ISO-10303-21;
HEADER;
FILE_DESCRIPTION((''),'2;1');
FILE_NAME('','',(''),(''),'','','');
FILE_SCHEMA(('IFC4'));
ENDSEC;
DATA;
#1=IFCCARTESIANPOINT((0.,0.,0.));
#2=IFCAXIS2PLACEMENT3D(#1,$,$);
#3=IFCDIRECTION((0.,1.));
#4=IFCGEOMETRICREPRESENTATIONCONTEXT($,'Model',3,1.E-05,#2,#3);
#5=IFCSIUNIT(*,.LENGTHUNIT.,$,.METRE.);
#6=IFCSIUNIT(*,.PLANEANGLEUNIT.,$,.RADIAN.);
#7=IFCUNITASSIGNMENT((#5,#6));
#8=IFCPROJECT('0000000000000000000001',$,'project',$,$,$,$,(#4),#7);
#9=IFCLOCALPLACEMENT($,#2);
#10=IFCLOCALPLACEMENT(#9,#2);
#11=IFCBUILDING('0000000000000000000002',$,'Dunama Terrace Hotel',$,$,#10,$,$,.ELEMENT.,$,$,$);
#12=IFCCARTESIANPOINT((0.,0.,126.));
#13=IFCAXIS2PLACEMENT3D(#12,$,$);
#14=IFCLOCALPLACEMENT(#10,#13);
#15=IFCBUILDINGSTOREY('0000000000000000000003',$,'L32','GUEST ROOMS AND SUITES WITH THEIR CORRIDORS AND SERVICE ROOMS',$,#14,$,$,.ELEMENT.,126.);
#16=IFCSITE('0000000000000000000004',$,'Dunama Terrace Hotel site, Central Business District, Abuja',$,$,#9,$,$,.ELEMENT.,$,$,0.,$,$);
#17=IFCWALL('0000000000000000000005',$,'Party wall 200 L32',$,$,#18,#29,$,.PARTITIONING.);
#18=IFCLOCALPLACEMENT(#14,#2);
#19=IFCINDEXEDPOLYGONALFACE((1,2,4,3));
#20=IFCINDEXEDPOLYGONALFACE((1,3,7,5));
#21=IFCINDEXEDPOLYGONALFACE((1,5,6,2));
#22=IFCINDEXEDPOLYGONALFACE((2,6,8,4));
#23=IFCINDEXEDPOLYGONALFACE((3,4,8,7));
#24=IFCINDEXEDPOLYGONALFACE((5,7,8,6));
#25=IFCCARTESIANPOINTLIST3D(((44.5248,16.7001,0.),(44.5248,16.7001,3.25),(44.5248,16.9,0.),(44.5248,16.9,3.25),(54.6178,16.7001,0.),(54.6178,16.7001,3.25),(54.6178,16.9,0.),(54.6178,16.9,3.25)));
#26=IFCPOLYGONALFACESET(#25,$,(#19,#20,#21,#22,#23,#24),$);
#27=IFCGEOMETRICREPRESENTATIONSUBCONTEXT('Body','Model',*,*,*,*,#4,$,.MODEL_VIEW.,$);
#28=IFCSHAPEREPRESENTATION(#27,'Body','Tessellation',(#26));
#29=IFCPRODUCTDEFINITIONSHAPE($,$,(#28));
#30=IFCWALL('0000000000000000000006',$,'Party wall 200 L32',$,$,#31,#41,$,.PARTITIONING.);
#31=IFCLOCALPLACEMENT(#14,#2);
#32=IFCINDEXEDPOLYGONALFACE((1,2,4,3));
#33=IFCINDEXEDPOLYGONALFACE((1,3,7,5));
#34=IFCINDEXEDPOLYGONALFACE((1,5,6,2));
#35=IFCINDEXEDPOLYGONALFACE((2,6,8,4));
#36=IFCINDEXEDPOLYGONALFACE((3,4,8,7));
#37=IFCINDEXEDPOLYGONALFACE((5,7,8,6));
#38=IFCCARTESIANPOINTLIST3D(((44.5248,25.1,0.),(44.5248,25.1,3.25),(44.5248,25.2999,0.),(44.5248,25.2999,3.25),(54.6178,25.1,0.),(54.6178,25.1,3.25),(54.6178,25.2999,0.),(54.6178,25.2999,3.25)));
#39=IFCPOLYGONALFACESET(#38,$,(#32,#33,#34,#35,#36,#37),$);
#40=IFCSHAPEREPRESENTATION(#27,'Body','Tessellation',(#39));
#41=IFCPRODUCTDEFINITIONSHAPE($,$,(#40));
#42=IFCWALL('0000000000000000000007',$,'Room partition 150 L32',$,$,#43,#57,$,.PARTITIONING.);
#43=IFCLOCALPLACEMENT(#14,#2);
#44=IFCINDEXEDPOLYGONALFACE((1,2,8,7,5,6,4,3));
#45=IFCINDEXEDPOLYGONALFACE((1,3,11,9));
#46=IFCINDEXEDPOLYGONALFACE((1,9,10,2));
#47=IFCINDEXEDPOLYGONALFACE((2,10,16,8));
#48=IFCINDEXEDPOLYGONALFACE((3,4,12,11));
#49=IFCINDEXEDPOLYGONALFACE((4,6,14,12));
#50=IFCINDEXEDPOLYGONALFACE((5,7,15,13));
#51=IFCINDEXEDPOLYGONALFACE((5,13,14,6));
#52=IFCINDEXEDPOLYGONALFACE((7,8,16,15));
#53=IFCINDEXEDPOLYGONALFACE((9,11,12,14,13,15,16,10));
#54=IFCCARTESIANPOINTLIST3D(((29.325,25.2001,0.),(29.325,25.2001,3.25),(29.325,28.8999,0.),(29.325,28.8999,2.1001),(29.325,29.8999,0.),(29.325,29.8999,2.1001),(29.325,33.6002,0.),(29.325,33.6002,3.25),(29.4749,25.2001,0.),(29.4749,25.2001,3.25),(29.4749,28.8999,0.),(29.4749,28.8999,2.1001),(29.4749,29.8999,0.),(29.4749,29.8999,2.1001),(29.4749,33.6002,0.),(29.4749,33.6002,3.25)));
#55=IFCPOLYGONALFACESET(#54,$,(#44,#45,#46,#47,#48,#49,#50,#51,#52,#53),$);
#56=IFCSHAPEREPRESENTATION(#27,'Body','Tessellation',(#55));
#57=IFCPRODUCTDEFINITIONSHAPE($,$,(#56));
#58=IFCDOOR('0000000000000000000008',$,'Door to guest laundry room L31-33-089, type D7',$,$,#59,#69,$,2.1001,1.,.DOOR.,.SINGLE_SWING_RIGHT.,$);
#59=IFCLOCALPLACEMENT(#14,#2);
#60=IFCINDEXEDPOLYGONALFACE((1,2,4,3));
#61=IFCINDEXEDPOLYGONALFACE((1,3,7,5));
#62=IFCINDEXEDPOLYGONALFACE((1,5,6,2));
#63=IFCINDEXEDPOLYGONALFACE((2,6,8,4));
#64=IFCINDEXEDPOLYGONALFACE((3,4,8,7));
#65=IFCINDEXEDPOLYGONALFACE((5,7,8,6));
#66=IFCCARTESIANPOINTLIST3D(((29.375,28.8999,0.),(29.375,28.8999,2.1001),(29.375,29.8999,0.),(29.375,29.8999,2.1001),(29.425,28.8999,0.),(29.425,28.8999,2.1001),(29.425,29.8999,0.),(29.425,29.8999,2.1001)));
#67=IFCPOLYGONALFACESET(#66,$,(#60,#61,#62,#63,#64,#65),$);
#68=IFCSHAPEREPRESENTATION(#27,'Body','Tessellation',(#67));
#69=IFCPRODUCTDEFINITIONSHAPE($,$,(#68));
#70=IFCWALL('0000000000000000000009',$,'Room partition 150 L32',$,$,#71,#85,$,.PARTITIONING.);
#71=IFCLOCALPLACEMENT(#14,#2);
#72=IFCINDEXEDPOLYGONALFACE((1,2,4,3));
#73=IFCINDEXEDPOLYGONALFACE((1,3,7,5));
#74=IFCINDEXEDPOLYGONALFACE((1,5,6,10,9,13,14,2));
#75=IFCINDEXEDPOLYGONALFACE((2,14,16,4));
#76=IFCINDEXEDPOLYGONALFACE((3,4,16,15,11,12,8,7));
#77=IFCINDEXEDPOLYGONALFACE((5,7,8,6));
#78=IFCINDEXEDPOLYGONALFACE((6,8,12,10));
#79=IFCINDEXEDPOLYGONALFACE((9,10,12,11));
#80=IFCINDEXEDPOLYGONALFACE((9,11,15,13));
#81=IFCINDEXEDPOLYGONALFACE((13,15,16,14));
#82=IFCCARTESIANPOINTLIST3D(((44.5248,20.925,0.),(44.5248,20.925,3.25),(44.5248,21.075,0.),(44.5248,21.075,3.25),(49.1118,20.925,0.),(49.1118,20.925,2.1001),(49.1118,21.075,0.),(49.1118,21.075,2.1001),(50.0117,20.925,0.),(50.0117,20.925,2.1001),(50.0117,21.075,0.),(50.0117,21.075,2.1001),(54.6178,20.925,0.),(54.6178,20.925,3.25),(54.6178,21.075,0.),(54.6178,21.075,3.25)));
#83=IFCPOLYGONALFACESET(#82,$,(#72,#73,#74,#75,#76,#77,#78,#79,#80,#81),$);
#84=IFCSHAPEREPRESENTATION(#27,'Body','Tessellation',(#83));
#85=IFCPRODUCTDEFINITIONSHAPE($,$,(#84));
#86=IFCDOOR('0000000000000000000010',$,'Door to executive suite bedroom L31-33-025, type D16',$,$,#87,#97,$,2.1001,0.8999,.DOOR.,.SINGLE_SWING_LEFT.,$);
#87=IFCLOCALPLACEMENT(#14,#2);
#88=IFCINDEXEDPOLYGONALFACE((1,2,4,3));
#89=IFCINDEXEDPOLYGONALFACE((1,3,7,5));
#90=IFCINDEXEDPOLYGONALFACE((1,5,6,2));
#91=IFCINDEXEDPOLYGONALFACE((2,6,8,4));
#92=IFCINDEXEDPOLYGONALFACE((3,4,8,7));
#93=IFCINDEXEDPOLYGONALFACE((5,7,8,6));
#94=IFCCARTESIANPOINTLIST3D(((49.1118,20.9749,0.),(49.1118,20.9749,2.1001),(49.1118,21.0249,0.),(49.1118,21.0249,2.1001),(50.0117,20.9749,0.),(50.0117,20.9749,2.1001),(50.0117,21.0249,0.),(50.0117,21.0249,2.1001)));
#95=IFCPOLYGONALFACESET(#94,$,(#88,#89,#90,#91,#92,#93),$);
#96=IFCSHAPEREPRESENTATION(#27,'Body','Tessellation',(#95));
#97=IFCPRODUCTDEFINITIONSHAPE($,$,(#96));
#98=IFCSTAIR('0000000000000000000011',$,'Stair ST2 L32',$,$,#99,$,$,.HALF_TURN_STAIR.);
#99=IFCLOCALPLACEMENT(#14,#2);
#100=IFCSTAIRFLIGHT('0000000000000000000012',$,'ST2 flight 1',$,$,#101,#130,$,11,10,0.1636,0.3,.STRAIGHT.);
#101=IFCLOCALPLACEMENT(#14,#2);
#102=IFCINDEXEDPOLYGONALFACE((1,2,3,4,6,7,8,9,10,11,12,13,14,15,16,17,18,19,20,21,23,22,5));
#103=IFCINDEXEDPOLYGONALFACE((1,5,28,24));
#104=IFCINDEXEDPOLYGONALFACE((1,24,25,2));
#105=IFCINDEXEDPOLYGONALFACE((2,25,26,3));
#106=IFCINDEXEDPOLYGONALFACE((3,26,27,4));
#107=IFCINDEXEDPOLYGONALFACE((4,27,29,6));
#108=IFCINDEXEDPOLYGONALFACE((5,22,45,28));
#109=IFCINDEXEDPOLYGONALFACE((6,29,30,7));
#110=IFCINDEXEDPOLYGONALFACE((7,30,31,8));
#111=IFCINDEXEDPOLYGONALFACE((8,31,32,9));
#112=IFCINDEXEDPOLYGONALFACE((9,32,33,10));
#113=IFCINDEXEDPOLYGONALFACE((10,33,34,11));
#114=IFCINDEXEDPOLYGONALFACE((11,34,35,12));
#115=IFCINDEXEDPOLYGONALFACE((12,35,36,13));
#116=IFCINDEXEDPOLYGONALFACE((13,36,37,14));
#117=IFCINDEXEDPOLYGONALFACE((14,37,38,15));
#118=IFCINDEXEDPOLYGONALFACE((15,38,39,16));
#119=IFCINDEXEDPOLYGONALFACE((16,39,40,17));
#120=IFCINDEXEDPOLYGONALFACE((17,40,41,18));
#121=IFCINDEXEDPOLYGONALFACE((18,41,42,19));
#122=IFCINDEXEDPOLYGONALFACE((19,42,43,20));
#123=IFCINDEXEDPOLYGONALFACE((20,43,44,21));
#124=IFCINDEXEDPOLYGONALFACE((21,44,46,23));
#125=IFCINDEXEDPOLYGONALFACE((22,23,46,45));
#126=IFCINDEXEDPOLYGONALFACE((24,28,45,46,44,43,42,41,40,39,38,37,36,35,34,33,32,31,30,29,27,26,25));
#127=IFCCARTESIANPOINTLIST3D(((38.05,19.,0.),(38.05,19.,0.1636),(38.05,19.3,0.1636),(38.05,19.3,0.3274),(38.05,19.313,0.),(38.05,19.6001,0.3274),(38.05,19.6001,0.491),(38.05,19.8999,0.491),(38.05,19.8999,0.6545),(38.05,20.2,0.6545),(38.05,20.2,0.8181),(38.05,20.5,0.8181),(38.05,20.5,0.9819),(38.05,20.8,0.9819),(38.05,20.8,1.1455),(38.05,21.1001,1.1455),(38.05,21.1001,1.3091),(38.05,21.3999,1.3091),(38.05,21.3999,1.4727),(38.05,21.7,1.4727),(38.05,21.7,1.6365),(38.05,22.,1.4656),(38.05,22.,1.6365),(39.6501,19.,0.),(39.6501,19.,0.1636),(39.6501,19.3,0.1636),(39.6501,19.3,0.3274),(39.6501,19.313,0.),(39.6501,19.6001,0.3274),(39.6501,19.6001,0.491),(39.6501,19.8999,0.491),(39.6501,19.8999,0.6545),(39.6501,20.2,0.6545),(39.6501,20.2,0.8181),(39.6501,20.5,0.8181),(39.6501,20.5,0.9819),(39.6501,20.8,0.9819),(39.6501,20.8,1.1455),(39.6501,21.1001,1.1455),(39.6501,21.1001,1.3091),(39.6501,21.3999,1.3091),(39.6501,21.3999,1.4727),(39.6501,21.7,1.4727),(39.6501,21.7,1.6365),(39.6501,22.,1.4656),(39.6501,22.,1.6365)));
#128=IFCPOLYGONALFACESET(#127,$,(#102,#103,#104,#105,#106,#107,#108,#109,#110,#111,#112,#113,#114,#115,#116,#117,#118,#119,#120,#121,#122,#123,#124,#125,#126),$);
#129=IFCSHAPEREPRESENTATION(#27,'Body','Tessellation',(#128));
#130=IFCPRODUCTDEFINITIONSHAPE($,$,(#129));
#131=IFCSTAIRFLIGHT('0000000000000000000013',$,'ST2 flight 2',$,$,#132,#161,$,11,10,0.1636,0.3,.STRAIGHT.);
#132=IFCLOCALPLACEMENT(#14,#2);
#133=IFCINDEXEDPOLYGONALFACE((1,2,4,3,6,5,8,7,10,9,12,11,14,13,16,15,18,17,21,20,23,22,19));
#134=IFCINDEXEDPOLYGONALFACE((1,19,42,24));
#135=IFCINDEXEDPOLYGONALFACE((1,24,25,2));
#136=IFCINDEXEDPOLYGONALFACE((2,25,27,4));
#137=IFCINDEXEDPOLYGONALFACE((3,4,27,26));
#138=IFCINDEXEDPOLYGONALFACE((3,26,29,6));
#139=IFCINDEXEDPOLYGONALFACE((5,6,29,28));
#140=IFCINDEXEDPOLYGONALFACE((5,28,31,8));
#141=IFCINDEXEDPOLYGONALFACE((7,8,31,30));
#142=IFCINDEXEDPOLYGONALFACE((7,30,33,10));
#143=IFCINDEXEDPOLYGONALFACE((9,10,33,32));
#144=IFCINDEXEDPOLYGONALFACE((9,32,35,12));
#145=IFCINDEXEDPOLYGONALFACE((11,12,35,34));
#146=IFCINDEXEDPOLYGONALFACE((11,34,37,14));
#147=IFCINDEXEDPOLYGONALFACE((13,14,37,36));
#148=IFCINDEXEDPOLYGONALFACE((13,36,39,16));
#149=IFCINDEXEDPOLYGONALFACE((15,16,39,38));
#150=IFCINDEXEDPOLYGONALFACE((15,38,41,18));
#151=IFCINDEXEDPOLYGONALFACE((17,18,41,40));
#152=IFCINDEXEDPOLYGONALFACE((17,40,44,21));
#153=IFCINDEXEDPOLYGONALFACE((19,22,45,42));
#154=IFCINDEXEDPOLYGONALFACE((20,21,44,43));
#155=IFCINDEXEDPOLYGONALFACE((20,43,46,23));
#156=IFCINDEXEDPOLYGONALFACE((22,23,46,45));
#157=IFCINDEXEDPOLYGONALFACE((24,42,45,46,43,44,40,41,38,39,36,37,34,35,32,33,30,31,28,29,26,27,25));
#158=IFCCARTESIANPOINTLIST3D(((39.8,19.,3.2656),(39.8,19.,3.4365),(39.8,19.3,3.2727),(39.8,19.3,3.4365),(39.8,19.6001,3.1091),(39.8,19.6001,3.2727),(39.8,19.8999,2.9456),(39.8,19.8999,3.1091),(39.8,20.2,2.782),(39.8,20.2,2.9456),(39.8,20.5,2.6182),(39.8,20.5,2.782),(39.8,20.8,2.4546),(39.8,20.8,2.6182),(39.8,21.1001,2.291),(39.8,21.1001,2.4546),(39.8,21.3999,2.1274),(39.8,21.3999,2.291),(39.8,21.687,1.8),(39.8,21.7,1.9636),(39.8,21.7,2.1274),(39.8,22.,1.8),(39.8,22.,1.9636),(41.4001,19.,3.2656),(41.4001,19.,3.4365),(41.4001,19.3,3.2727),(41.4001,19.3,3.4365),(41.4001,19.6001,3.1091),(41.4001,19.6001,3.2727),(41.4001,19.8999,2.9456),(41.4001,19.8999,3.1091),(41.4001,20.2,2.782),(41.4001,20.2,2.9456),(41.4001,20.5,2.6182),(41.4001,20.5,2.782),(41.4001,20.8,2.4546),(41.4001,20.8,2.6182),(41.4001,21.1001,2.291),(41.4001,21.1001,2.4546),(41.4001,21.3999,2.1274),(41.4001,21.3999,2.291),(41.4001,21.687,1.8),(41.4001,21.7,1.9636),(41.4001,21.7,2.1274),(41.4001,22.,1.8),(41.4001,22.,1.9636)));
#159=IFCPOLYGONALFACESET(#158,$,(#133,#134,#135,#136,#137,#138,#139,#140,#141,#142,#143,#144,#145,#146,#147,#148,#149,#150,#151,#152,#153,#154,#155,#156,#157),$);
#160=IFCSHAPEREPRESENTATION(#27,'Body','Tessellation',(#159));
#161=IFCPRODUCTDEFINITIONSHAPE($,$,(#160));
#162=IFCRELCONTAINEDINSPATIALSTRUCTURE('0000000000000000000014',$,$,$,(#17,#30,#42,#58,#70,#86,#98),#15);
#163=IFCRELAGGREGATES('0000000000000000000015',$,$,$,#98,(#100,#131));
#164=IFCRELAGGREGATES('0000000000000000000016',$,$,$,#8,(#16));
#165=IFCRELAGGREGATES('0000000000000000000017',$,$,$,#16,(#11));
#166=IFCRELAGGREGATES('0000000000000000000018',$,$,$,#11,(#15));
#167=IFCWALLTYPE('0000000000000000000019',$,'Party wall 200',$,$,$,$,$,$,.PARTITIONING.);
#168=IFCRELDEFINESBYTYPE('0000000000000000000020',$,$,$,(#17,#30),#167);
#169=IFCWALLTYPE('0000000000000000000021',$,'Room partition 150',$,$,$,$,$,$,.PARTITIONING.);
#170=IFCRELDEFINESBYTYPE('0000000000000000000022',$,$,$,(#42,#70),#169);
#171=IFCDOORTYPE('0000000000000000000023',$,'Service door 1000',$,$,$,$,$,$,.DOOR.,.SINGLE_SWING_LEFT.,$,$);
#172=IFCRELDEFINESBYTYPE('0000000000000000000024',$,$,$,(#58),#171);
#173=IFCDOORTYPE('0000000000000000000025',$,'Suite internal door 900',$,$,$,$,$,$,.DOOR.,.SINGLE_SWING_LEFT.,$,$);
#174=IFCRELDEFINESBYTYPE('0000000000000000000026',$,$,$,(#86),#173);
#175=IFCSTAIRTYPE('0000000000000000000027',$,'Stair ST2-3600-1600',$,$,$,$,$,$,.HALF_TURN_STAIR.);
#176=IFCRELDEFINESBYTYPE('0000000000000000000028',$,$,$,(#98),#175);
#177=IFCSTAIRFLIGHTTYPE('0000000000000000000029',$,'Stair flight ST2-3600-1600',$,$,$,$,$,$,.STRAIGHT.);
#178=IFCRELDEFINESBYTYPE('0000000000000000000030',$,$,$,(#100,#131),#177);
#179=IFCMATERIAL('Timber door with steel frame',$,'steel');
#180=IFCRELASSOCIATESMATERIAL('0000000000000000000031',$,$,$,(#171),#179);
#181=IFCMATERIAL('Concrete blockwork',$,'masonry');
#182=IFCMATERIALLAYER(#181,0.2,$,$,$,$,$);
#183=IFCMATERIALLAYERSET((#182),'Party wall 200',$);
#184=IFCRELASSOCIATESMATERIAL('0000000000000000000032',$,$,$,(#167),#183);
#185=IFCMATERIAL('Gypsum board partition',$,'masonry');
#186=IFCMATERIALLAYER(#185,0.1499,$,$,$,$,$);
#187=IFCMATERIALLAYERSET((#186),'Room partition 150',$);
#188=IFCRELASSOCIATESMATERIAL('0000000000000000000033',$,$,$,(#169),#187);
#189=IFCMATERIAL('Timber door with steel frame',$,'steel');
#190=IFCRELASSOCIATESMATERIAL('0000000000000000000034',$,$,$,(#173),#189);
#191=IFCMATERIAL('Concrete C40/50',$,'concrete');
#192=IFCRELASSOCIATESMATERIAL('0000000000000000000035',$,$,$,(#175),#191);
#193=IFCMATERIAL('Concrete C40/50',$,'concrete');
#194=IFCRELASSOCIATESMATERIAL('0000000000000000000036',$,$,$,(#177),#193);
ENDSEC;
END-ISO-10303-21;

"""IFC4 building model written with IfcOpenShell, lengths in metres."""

from ifc_helpers import new_model, si_unit, direction, frame, frame_2d, origin, place, context, subcontext, project, spatial, polyline, rectangle, outline, extrude, material, layer, layer_set, type_object, element, fill, aggregate, save


model = new_model("IFC4")

# Units and contexts
model_context = context("Model", 3, precision=1e-05, world=origin(), true_north=direction((0.0, 1.0)))
body_context = subcontext(model_context, "Body", "Model", "MODEL_VIEW")
ifc_project = project(units=[si_unit("LENGTHUNIT", "METRE"), si_unit("PLANEANGLEUNIT", "RADIAN")], contexts=[model_context])

# Site, building, storey
site_placement = place(None, origin())
site = spatial("IfcSite", under=ifc_project, at=site_placement, Name="Dunama Terrace Hotel site, Central Business District, Abuja", CompositionType="ELEMENT", RefElevation=0.0)
building_placement = place(site_placement, origin())
building = spatial("IfcBuilding", under=site, at=building_placement, Name="Dunama Terrace Hotel", CompositionType="ELEMENT")
storey_placement = place(building_placement, frame((0.0, 0.0, 126.0)))
storey = spatial("IfcBuildingStorey", under=building, at=storey_placement, Name="L32", Description="GUEST ROOMS AND SUITES WITH THEIR CORRIDORS AND SERVICE ROOMS", CompositionType="ELEMENT", Elevation=126.0)

# Shared definitions
ifc_material_1 = material(Name="Timber door with steel frame", Category="steel")
door_type_1 = type_object("IfcDoorType", Name="Service door 1000", OperationType="SINGLE_SWING_LEFT", PredefinedType="DOOR", material=ifc_material_1)

# Walls
ifc_material_2 = material(Name="Concrete blockwork", Category="masonry")
ifc_layer_1 = layer(ifc_material_2, 0.2)
ifc_layer_set_1 = layer_set([ifc_layer_1], Name="Party wall 200")
wall_type_1 = type_object("IfcWallType", Name="Party wall 200", PredefinedType="PARTITIONING", material=ifc_layer_set_1)
for number, where, z_axis, x_axis, name in (
    (1, (44.5249, 16.8, 0.0), (0.0, 0.0, 1.0), (1.0, 0.0, 0.0), "Party wall 200 L32"),
    (2, (44.5249, 25.2, 0.0), (0.0, 0.0, 1.0), (1.0, 0.0, 0.0), "Party wall 200 L32"),
):
    element("IfcWall", number, at=place(storey_placement, frame(where, z_axis=z_axis, x_axis=x_axis)), inside=storey, type_object=wall_type_1, Name=name, PredefinedType="PARTITIONING", context=body_context, shape_type="SweptSolid", body=[
        extrude(rectangle(XDim=10.093, YDim=0.2, at=frame_2d((5.0464, 0.0))), origin(), (0.0, 0.0, 1.0), 3.25),
    ])

# Walls, openings, doors
ifc_material_3 = material(Name="Gypsum board partition", Category="masonry")
ifc_layer_2 = layer(ifc_material_3, 0.1499)
ifc_layer_set_2 = layer_set([ifc_layer_2], Name="Room partition 150")
wall_type_2 = type_object("IfcWallType", Name="Room partition 150", PredefinedType="PARTITIONING", material=ifc_layer_set_2)
wall_1_placement = place(storey_placement, frame((29.3999, 25.2, 0.0), z_axis=(0.0, 0.0, 1.0), x_axis=(0.0, 1.0, 0.0)))
wall_1 = element("IfcWall", 3, at=wall_1_placement, inside=storey, type_object=wall_type_2, Name="Room partition 150 L32", PredefinedType="PARTITIONING", context=body_context, shape_type="SweptSolid", body=[
    extrude(rectangle(XDim=8.4001, YDim=0.1499, at=frame_2d((4.2002, 0.0))), origin(), (0.0, 0.0, 1.0), 3.25),
])
opening_1_placement = place(wall_1_placement, frame((3.7, 0.0, 0.0)))
opening_1 = element("IfcOpeningElement", 4, at=opening_1_placement, cuts=wall_1, PredefinedType="OPENING", context=body_context, shape_type="SweptSolid", body=[
    extrude(rectangle(XDim=1.0, YDim=2.1001, at=frame_2d((0.5, 1.05))), frame((0.0, 0.085, 0.0), z_axis=(0.0, -1.0, 0.0), x_axis=(1.0, 0.0, 0.0)), (0.0, 0.0, 1.0), 0.1699),
])
door_1_placement = place(opening_1_placement, frame((1.0, 0.0, 0.0), z_axis=(0.0, 0.0, 1.0), x_axis=(-1.0, 0.0, 0.0)))
door_1 = element("IfcDoor", 5, at=door_1_placement, inside=storey, type_object=door_type_1, Name="Door to guest laundry room L31-33-089, type D7", OperationType="SINGLE_SWING_RIGHT", OverallHeight=2.1001, OverallWidth=1.0, PredefinedType="DOOR", context=body_context, shape_type="SweptSolid", body=[
    extrude(rectangle(XDim=1.0, YDim=2.1001, at=frame_2d((0.5, 1.05))), frame((0.0, 0.0251, 0.0), z_axis=(0.0, -1.0, 0.0), x_axis=(1.0, 0.0, 0.0)), (0.0, 0.0, 1.0), 0.05),
])
fill(opening_1, door_1)
wall_2_placement = place(storey_placement, frame((44.5249, 21.0, 0.0), z_axis=(0.0, 0.0, 1.0), x_axis=(1.0, 0.0, 0.0)))
wall_2 = element("IfcWall", 6, at=wall_2_placement, inside=storey, type_object=wall_type_2, Name="Room partition 150 L32", PredefinedType="PARTITIONING", context=body_context, shape_type="SweptSolid", body=[
    extrude(rectangle(XDim=10.093, YDim=0.1499, at=frame_2d((5.0464, 0.0))), origin(), (0.0, 0.0, 1.0), 3.25),
])
opening_2_placement = place(wall_2_placement, frame((4.5869, 0.0, 0.0)))
opening_2 = element("IfcOpeningElement", 7, at=opening_2_placement, cuts=wall_2, PredefinedType="OPENING", context=body_context, shape_type="SweptSolid", body=[
    extrude(rectangle(XDim=0.8999, YDim=2.1001, at=frame_2d((0.45, 1.05))), frame((0.0, 0.085, 0.0), z_axis=(0.0, -1.0, 0.0), x_axis=(1.0, 0.0, 0.0)), (0.0, 0.0, 1.0), 0.1699),
])
ifc_material_4 = material(Name="Timber door with steel frame", Category="steel")
door_type_2 = type_object("IfcDoorType", Name="Suite internal door 900", OperationType="SINGLE_SWING_LEFT", PredefinedType="DOOR", material=ifc_material_4)
door_2_placement = place(opening_2_placement, origin())
door_2 = element("IfcDoor", 8, at=door_2_placement, inside=storey, type_object=door_type_2, Name="Door to executive suite bedroom L31-33-025, type D16", OperationType="SINGLE_SWING_LEFT", OverallHeight=2.1001, OverallWidth=0.8999, PredefinedType="DOOR", context=body_context, shape_type="SweptSolid", body=[
    extrude(rectangle(XDim=0.8999, YDim=2.1001, at=frame_2d((0.45, 1.05))), frame((0.0, 0.0249, 0.0), z_axis=(0.0, -1.0, 0.0), x_axis=(1.0, 0.0, 0.0)), (0.0, 0.0, 1.0), 0.05),
])
fill(opening_2, door_2)

# Stair, stair flights
ifc_material_5 = material(Name="Concrete C40/50", Category="concrete")
stair_type = type_object("IfcStairType", Name="Stair ST2-3600-1600", PredefinedType="HALF_TURN_STAIR", material=ifc_material_5)
stair_placement = place(storey_placement, origin())
stair = element("IfcStair", 9, at=stair_placement, inside=storey, type_object=stair_type, Name="Stair ST2 L32", PredefinedType="HALF_TURN_STAIR")
ifc_material_6 = material(Name="Concrete C40/50", Category="concrete")
stair_flight_type = type_object("IfcStairFlightType", Name="Stair flight ST2-3600-1600", PredefinedType="STRAIGHT", material=ifc_material_6)
stair_flight_1_placement = place(storey_placement, frame((38.8501, 19.0, 0.0), z_axis=(0.0, 0.0, 1.0), x_axis=(0.0, 1.0, 0.0)))
stair_flight_1 = element("IfcStairFlight", 10, at=stair_flight_1_placement, type_object=stair_flight_type, Name="ST2 flight 1", NumberOfRisers=11, NumberOfTreads=10, PredefinedType="STRAIGHT", RiserHeight=0.1636, TreadLength=0.3, context=body_context, shape_type="SweptSolid", body=[
    extrude(outline(polyline([(0.0, 0.0), (0.0, 0.1636), (0.3, 0.1636), (0.3, 0.3274), (0.6001, 0.3274), (0.6001, 0.491), (0.8999, 0.491), (0.8999, 0.6545), (1.2, 0.6545), (1.2, 0.8181), (1.5, 0.8181), (1.5, 0.9819), (1.8, 0.9819), (1.8, 1.1455), (2.1001, 1.1455), (2.1001, 1.3091), (2.3999, 1.3091), (2.3999, 1.4727), (2.7, 1.4727), (2.7, 1.6365), (3.0, 1.6365), (3.0, 1.8), (3.0, 1.4656), (0.313, 0.0), (0.0, 0.0)])), frame((0.0, 0.8, 0.0), z_axis=(0.0, -1.0, 0.0), x_axis=(1.0, 0.0, 0.0)), (0.0, 0.0, 1.0), 1.6001),
])
stair_flight_2_placement = place(storey_placement, frame((40.6001, 22.0, 1.8), z_axis=(0.0, 0.0, 1.0), x_axis=(0.0, -1.0, 0.0)))
stair_flight_2 = element("IfcStairFlight", 11, at=stair_flight_2_placement, type_object=stair_flight_type, Name="ST2 flight 2", NumberOfRisers=11, NumberOfTreads=10, PredefinedType="STRAIGHT", RiserHeight=0.1636, TreadLength=0.3, context=body_context, shape_type="SweptSolid", body=[
    extrude(outline(polyline([(0.0, 0.0), (0.0, 0.1636), (0.3, 0.1636), (0.3, 0.3274), (0.6001, 0.3274), (0.6001, 0.491), (0.8999, 0.491), (0.8999, 0.6545), (1.2, 0.6545), (1.2, 0.8181), (1.5, 0.8181), (1.5, 0.9819), (1.8, 0.9819), (1.8, 1.1455), (2.1001, 1.1455), (2.1001, 1.3091), (2.3999, 1.3091), (2.3999, 1.4727), (2.7, 1.4727), (2.7, 1.6365), (3.0, 1.6365), (3.0, 1.8), (3.0, 1.4656), (0.313, 0.0), (0.0, 0.0)])), frame((0.0, 0.8, 0.0), z_axis=(0.0, -1.0, 0.0), x_axis=(1.0, 0.0, 0.0)), (0.0, 0.0, 1.0), 1.6001),
])
aggregate(stair, [stair_flight_1, stair_flight_2])

save(model, "model.ifc")
